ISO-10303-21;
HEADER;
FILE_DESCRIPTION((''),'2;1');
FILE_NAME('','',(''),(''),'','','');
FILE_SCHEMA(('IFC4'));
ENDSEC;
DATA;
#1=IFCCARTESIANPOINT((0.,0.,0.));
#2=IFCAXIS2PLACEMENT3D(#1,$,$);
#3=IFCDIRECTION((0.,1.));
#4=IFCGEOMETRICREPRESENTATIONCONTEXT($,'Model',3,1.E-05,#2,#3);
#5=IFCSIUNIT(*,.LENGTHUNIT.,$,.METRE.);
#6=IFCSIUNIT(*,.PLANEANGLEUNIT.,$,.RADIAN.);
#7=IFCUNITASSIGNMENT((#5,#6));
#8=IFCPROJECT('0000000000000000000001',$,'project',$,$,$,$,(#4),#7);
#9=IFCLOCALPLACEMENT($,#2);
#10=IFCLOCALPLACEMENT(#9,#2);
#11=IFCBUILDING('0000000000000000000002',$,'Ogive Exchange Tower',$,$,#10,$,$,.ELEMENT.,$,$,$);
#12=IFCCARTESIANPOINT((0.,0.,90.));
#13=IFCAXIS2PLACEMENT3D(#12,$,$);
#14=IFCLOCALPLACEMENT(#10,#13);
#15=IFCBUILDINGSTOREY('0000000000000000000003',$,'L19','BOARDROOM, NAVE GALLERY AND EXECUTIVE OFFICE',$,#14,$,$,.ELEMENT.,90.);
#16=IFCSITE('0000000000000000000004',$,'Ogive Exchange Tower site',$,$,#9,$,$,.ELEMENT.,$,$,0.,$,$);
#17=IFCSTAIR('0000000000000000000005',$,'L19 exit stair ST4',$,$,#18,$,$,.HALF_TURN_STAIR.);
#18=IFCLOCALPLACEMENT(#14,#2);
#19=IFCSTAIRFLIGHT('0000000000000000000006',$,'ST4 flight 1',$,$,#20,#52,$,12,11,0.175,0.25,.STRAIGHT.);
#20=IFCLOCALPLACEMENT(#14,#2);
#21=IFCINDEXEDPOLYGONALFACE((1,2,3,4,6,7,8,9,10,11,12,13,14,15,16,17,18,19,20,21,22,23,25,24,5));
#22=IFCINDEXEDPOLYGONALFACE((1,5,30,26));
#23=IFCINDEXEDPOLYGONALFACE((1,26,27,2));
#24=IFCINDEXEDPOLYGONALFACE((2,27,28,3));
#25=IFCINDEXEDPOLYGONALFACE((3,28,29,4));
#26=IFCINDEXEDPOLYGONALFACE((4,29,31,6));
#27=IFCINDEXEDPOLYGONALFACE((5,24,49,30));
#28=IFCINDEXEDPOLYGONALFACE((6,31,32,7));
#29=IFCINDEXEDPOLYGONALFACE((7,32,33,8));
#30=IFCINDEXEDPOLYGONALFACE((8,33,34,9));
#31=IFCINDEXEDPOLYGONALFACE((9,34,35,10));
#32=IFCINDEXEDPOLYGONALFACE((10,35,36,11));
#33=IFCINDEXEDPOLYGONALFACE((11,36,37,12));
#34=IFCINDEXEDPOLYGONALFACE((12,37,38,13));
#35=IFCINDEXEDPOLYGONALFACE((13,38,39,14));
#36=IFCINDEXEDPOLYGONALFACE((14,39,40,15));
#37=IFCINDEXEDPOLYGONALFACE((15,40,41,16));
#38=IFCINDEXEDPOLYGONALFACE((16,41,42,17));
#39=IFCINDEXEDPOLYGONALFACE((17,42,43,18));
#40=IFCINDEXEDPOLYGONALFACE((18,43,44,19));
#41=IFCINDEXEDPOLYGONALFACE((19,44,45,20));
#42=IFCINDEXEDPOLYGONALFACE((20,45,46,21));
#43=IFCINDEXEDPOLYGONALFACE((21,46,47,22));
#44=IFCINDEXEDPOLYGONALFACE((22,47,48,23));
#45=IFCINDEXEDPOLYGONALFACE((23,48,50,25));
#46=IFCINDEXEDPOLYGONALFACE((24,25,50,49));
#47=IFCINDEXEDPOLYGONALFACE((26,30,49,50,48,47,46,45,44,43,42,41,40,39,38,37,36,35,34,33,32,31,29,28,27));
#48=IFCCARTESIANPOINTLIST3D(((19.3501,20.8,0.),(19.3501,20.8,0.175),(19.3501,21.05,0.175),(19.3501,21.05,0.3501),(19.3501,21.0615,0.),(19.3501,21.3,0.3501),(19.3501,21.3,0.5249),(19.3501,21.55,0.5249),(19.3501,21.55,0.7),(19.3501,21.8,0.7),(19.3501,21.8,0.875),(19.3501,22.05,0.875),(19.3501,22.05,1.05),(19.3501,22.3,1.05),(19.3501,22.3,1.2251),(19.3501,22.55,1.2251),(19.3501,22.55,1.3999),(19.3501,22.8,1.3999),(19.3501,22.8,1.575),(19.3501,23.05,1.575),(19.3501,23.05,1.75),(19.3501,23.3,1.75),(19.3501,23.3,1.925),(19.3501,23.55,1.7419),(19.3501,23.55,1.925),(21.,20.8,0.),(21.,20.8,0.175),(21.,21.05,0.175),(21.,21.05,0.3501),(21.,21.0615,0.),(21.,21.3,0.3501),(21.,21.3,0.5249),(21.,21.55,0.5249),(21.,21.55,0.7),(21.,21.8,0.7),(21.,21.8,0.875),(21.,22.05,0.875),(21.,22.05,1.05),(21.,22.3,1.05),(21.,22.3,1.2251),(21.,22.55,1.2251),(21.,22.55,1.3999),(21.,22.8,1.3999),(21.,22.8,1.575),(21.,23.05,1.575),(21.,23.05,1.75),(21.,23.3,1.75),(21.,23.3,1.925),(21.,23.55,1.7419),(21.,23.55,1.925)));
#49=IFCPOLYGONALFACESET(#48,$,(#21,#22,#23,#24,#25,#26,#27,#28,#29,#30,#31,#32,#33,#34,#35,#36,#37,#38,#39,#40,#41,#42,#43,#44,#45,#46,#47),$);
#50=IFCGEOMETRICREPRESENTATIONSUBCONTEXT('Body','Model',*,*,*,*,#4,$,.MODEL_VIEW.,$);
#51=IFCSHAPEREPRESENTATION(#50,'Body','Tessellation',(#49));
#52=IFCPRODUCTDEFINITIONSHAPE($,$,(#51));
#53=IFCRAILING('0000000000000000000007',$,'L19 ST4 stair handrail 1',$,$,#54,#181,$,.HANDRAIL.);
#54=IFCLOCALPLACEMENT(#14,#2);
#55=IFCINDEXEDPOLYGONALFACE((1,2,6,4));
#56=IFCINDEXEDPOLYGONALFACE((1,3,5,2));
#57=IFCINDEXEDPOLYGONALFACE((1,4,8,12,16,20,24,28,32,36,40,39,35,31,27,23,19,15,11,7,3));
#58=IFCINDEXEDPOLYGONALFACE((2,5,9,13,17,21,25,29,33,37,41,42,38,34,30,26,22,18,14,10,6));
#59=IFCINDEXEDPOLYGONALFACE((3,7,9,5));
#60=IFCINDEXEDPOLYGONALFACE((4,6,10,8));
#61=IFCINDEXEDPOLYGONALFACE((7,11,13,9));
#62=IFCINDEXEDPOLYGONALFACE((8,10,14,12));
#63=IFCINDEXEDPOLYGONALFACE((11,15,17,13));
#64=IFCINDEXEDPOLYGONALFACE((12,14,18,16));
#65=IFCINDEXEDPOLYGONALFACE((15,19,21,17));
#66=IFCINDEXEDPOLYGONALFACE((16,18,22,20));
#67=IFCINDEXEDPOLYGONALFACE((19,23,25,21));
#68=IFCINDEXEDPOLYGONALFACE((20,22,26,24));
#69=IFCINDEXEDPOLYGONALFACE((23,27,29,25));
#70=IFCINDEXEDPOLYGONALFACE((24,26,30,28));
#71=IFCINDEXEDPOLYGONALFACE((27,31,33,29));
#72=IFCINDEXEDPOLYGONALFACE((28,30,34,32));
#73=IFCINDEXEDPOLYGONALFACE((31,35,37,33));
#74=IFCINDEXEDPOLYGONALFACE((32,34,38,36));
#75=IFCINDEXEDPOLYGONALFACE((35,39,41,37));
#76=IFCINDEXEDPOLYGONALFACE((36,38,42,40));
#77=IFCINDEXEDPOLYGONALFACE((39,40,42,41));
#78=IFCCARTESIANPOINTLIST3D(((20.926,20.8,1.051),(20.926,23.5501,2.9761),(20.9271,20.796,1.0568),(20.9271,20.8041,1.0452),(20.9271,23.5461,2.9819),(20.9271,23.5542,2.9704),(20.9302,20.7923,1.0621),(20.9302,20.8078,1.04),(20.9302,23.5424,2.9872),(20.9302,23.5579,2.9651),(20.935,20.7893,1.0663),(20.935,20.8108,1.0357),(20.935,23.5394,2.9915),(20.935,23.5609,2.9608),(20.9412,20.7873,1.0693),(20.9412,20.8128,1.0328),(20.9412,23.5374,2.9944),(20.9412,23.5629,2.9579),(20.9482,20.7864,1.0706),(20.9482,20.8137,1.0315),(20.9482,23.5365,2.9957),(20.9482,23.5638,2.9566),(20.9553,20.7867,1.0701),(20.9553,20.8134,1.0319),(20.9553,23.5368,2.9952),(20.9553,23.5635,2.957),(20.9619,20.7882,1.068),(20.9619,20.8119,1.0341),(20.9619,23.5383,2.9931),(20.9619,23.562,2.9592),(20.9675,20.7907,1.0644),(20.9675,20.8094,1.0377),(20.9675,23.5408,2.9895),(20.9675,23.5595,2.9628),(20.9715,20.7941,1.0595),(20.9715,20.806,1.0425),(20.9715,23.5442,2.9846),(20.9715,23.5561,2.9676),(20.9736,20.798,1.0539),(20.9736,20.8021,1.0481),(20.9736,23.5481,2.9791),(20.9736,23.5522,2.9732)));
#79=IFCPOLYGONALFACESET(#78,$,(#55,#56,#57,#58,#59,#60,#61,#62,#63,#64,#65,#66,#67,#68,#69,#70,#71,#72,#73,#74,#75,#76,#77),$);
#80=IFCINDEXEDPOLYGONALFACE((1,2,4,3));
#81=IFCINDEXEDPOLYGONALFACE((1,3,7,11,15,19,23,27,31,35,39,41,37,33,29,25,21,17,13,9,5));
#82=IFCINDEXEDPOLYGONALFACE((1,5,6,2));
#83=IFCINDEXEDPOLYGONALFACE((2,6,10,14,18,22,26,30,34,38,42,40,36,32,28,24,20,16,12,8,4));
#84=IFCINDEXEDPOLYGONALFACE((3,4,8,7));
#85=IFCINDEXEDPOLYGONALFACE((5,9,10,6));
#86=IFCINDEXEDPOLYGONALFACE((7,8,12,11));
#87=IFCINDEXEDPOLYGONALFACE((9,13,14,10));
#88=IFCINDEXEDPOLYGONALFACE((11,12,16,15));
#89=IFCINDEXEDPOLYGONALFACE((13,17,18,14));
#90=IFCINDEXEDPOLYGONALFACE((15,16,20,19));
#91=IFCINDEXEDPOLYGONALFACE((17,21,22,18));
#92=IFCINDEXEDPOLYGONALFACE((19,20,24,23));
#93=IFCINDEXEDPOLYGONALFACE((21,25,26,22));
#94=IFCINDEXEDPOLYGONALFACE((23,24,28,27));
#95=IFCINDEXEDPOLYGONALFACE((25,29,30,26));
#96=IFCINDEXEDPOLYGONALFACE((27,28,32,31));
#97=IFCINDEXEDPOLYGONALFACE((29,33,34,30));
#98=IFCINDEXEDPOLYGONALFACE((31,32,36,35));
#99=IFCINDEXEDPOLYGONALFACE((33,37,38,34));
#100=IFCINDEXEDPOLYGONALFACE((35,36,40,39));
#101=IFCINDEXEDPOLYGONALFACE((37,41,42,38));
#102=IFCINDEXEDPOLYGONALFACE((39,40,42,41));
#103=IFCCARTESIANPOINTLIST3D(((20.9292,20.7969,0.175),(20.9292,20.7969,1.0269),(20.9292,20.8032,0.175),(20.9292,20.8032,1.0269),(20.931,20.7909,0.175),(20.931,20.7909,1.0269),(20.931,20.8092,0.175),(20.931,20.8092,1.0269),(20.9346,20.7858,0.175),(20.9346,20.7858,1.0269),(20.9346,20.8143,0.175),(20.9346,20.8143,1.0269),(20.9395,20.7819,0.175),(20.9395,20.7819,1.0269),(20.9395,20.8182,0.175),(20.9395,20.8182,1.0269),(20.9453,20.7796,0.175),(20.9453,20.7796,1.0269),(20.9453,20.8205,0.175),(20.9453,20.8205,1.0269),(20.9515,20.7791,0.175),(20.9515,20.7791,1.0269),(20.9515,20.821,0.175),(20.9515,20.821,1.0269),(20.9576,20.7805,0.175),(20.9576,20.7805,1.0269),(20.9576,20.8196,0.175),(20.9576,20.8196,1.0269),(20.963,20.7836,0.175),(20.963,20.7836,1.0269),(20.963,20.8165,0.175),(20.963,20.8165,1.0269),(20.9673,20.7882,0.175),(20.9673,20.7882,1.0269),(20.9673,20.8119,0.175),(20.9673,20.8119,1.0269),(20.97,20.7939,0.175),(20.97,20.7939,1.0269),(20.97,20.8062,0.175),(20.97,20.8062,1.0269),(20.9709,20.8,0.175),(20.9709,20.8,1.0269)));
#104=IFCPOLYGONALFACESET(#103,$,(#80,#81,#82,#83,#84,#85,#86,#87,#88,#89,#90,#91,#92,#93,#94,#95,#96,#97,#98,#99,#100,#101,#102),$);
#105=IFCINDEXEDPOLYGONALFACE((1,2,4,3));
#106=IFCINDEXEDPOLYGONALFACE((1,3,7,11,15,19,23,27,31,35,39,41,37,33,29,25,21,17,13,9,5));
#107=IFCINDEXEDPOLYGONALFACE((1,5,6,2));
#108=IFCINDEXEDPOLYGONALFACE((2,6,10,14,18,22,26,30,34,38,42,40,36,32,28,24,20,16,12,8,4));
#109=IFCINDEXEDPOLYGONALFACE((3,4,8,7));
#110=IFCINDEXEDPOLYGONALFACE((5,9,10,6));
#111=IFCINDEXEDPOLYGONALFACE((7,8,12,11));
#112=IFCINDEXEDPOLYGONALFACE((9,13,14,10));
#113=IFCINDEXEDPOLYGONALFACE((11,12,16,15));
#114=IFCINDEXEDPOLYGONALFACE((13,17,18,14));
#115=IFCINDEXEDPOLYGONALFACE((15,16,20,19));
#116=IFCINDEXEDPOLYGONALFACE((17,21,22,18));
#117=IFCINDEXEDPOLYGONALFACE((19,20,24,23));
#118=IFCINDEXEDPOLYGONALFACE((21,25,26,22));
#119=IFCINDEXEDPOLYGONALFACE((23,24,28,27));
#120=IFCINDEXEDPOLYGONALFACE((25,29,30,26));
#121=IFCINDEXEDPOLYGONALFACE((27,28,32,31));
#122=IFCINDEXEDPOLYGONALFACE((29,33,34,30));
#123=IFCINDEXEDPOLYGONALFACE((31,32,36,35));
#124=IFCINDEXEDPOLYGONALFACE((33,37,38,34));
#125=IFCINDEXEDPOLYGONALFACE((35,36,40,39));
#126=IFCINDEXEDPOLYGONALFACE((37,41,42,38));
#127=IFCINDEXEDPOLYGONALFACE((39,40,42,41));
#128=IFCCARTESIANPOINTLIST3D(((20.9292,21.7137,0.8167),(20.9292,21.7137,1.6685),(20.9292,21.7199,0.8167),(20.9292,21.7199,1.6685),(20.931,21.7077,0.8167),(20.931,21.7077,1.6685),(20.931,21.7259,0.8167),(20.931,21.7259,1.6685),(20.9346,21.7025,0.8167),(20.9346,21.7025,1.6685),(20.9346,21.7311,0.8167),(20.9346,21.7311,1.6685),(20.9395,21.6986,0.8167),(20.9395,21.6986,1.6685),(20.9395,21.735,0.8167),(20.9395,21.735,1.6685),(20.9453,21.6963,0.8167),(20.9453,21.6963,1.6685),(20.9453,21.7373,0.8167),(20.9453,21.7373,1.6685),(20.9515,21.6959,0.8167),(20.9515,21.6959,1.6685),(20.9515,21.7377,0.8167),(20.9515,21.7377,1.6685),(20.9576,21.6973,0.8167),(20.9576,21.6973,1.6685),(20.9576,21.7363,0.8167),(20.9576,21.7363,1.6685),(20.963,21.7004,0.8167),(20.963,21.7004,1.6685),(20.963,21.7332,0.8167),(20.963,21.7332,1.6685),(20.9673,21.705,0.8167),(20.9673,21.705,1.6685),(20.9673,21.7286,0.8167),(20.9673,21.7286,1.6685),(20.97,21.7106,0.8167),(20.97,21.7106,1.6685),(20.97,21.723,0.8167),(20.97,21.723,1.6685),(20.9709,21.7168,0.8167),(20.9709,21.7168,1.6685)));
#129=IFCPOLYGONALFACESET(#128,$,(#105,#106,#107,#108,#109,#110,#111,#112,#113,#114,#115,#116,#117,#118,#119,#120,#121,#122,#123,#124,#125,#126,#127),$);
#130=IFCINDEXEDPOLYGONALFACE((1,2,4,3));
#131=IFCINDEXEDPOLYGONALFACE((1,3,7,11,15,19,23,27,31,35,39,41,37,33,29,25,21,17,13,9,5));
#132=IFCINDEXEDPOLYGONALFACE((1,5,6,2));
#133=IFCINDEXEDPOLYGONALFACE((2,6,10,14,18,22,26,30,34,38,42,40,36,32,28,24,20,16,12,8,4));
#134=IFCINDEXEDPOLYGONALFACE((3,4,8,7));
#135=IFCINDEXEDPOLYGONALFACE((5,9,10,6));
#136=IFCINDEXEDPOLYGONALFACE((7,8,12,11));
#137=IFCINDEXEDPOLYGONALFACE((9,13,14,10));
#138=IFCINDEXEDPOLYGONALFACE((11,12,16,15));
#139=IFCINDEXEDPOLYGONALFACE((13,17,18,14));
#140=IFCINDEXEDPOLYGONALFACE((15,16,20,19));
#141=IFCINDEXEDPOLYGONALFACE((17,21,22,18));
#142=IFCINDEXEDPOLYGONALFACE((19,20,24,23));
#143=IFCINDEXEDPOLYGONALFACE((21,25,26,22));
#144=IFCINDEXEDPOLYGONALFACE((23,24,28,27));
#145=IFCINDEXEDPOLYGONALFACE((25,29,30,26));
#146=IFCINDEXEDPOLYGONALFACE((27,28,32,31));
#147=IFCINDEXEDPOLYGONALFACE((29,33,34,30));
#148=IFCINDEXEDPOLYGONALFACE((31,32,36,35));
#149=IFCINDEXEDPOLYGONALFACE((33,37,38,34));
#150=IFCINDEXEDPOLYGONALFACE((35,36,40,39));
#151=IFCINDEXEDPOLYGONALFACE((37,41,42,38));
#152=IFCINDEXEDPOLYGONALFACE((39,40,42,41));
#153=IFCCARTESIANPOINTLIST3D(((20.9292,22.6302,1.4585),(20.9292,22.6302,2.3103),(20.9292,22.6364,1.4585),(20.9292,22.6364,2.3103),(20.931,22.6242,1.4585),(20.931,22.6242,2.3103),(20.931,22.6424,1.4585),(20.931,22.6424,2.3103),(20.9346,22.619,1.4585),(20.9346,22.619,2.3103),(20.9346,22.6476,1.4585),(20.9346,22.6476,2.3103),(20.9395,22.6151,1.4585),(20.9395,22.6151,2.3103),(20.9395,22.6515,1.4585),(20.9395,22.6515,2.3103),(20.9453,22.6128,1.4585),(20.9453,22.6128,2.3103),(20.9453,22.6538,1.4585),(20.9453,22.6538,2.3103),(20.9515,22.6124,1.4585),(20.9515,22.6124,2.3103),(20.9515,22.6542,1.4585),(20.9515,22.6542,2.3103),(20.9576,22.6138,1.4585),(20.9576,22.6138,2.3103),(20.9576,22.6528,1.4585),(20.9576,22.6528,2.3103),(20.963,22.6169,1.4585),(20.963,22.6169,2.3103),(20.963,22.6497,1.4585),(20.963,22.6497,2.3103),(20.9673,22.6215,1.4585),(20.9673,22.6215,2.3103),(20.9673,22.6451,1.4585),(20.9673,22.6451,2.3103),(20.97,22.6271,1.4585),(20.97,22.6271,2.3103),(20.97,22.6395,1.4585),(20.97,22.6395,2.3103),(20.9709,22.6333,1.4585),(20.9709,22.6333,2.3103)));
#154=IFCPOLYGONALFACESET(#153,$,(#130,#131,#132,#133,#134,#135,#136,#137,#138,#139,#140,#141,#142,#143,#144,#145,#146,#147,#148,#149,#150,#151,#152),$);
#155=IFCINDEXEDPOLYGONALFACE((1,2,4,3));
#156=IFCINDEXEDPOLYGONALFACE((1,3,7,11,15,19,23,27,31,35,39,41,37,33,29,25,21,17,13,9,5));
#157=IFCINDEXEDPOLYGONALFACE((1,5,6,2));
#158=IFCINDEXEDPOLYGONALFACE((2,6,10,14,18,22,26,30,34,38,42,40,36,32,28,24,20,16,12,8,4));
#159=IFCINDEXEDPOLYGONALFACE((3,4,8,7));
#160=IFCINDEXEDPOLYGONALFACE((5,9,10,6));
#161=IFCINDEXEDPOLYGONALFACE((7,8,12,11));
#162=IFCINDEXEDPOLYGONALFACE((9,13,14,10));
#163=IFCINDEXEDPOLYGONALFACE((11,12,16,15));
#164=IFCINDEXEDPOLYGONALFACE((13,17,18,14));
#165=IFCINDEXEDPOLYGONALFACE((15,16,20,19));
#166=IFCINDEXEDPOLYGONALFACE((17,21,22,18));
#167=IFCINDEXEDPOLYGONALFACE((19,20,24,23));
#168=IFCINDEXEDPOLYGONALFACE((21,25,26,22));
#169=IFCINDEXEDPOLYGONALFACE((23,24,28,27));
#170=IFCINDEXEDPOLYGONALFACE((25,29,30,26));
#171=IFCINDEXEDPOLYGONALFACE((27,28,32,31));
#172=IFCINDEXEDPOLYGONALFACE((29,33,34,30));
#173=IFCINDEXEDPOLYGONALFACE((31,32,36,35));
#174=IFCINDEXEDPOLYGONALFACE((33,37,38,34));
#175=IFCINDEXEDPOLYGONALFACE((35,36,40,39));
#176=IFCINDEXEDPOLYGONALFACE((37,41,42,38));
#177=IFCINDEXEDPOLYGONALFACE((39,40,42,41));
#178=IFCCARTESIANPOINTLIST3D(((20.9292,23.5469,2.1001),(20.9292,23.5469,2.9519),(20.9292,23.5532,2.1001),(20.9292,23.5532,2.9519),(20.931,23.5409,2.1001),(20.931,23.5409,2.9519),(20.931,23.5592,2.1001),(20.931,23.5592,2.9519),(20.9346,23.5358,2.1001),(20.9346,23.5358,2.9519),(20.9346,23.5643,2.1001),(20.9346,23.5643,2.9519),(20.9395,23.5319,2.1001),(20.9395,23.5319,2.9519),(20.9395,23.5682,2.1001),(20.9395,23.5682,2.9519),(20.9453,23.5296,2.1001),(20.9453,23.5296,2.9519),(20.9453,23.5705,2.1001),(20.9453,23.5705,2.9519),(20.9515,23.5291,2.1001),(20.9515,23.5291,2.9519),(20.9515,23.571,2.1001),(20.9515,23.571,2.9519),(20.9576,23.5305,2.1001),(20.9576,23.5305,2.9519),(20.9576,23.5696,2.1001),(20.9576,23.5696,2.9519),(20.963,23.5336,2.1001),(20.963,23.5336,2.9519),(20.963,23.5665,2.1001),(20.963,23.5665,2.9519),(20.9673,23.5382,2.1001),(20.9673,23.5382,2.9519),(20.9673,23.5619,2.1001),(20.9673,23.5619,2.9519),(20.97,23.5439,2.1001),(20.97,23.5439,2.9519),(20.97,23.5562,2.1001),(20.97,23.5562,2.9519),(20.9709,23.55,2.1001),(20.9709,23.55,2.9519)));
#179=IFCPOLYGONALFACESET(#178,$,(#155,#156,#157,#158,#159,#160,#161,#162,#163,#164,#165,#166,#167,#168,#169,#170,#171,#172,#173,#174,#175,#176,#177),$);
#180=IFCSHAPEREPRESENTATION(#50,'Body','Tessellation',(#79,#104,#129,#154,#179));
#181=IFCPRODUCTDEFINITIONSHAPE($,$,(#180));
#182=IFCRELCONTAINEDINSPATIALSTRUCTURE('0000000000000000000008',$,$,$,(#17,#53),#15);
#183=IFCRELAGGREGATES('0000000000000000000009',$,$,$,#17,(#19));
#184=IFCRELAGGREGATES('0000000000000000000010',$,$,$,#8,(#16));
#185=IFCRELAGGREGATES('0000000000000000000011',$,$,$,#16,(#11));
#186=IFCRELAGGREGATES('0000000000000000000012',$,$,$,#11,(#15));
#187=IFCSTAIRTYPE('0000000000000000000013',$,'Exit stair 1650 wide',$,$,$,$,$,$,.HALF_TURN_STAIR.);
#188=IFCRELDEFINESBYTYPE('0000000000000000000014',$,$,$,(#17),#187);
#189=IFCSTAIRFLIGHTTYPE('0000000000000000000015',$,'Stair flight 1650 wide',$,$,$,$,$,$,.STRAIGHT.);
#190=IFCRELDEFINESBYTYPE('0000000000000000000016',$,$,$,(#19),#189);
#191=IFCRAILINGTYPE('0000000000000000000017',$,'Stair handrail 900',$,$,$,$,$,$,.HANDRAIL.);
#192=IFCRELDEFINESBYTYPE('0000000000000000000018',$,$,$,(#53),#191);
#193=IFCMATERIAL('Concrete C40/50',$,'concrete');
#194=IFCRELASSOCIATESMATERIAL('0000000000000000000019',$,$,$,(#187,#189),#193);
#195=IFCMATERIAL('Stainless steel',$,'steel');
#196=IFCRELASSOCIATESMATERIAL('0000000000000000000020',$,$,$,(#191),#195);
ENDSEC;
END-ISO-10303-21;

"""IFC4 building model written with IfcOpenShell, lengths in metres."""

from ifc_helpers import new_model, si_unit, direction, frame, origin, origin_2d, place, context, subcontext, project, spatial, polyline, circle, outline, extrude, material, type_object, element, aggregate, save


model = new_model("IFC4")

# Units and contexts
model_context = context("Model", 3, precision=1e-05, world=origin(), true_north=direction((0.0, 1.0)))
body_context = subcontext(model_context, "Body", "Model", "MODEL_VIEW")
ifc_project = project(units=[si_unit("LENGTHUNIT", "METRE"), si_unit("PLANEANGLEUNIT", "RADIAN")], contexts=[model_context])

# Site, building, storey
site_placement = place(None, origin())
site = spatial("IfcSite", under=ifc_project, at=site_placement, Name="Ogive Exchange Tower site", CompositionType="ELEMENT", RefElevation=0.0)
building_placement = place(site_placement, origin())
building = spatial("IfcBuilding", under=site, at=building_placement, Name="Ogive Exchange Tower", CompositionType="ELEMENT")
storey_placement = place(building_placement, frame((0.0, 0.0, 90.0)))
storey = spatial("IfcBuildingStorey", under=building, at=storey_placement, Name="L19", Description="BOARDROOM, NAVE GALLERY AND EXECUTIVE OFFICE", CompositionType="ELEMENT", Elevation=90.0)

# Stair, stair flight
ifc_material_1 = material(Name="Concrete C40/50", Category="concrete")
stair_type = type_object("IfcStairType", Name="Exit stair 1650 wide", PredefinedType="HALF_TURN_STAIR", material=ifc_material_1)
stair_placement = place(storey_placement, origin())
stair = element("IfcStair", 1, at=stair_placement, inside=storey, type_object=stair_type, Name="L19 exit stair ST4", PredefinedType="HALF_TURN_STAIR")
stair_flight_type = type_object("IfcStairFlightType", Name="Stair flight 1650 wide", PredefinedType="STRAIGHT", material=ifc_material_1)
stair_flight_placement = place(storey_placement, frame((20.175, 20.8, 0.0), z_axis=(0.0, 0.0, 1.0), x_axis=(0.0, 1.0, 0.0)))
stair_flight = element("IfcStairFlight", 2, at=stair_flight_placement, type_object=stair_flight_type, Name="ST4 flight 1", NumberOfRisers=12, NumberOfTreads=11, PredefinedType="STRAIGHT", RiserHeight=0.175, TreadLength=0.25, context=body_context, shape_type="SweptSolid", body=[
    extrude(outline(polyline([(0.0, 0.0), (0.0, 0.175), (0.25, 0.175), (0.25, 0.3501), (0.5, 0.3501), (0.5, 0.5249), (0.75, 0.5249), (0.75, 0.7), (1.0, 0.7), (1.0, 0.875), (1.25, 0.875), (1.25, 1.05), (1.5, 1.05), (1.5, 1.2251), (1.75, 1.2251), (1.75, 1.3999), (2.0, 1.3999), (2.0, 1.575), (2.25, 1.575), (2.25, 1.75), (2.5, 1.75), (2.5, 1.925), (2.75, 1.925), (2.75, 2.1001), (2.75, 1.7419), (0.2615, 0.0), (0.0, 0.0)])), frame((0.0, 0.825, 0.0), z_axis=(0.0, -1.0, 0.0), x_axis=(1.0, 0.0, 0.0)), (0.0, 0.0, 1.0), 1.6499),
])
aggregate(stair, [stair_flight])

# Railing
ifc_material_2 = material(Name="Stainless steel", Category="steel")
railing_type_1 = type_object("IfcRailingType", Name="Stair handrail 900", PredefinedType="HANDRAIL", material=ifc_material_2)
railing_1_placement = place(storey_placement, frame((20.95, 20.8, 0.175)))
element("IfcRailing", 3, at=railing_1_placement, inside=storey, type_object=railing_type_1, Name="L19 ST4 stair handrail 1", PredefinedType="HANDRAIL", context=body_context, shape_type="SweptSolid", body=[
    extrude(circle(Radius=0.0239, at=origin_2d()), frame((0.0, 0.0, 0.876), z_axis=(0.0, 0.819225, 0.573472), x_axis=(-1.0, 0.0, 0.0)), (0.0, 0.0, 1.0), 3.3569),
    extrude(circle(Radius=0.021, at=origin_2d()), origin(), (0.0, 0.0, 1.0), 0.8518),
    extrude(circle(Radius=0.021, at=origin_2d()), frame((0.0, 0.9167, 0.6416)), (0.0, 0.0, 1.0), 0.8518),
    extrude(circle(Radius=0.021, at=origin_2d()), frame((0.0, 1.8333, 1.2834)), (0.0, 0.0, 1.0), 0.8518),
    extrude(circle(Radius=0.021, at=origin_2d()), frame((0.0, 2.75, 1.925)), (0.0, 0.0, 1.0), 0.8518),
])

save(model, "model.ifc")
